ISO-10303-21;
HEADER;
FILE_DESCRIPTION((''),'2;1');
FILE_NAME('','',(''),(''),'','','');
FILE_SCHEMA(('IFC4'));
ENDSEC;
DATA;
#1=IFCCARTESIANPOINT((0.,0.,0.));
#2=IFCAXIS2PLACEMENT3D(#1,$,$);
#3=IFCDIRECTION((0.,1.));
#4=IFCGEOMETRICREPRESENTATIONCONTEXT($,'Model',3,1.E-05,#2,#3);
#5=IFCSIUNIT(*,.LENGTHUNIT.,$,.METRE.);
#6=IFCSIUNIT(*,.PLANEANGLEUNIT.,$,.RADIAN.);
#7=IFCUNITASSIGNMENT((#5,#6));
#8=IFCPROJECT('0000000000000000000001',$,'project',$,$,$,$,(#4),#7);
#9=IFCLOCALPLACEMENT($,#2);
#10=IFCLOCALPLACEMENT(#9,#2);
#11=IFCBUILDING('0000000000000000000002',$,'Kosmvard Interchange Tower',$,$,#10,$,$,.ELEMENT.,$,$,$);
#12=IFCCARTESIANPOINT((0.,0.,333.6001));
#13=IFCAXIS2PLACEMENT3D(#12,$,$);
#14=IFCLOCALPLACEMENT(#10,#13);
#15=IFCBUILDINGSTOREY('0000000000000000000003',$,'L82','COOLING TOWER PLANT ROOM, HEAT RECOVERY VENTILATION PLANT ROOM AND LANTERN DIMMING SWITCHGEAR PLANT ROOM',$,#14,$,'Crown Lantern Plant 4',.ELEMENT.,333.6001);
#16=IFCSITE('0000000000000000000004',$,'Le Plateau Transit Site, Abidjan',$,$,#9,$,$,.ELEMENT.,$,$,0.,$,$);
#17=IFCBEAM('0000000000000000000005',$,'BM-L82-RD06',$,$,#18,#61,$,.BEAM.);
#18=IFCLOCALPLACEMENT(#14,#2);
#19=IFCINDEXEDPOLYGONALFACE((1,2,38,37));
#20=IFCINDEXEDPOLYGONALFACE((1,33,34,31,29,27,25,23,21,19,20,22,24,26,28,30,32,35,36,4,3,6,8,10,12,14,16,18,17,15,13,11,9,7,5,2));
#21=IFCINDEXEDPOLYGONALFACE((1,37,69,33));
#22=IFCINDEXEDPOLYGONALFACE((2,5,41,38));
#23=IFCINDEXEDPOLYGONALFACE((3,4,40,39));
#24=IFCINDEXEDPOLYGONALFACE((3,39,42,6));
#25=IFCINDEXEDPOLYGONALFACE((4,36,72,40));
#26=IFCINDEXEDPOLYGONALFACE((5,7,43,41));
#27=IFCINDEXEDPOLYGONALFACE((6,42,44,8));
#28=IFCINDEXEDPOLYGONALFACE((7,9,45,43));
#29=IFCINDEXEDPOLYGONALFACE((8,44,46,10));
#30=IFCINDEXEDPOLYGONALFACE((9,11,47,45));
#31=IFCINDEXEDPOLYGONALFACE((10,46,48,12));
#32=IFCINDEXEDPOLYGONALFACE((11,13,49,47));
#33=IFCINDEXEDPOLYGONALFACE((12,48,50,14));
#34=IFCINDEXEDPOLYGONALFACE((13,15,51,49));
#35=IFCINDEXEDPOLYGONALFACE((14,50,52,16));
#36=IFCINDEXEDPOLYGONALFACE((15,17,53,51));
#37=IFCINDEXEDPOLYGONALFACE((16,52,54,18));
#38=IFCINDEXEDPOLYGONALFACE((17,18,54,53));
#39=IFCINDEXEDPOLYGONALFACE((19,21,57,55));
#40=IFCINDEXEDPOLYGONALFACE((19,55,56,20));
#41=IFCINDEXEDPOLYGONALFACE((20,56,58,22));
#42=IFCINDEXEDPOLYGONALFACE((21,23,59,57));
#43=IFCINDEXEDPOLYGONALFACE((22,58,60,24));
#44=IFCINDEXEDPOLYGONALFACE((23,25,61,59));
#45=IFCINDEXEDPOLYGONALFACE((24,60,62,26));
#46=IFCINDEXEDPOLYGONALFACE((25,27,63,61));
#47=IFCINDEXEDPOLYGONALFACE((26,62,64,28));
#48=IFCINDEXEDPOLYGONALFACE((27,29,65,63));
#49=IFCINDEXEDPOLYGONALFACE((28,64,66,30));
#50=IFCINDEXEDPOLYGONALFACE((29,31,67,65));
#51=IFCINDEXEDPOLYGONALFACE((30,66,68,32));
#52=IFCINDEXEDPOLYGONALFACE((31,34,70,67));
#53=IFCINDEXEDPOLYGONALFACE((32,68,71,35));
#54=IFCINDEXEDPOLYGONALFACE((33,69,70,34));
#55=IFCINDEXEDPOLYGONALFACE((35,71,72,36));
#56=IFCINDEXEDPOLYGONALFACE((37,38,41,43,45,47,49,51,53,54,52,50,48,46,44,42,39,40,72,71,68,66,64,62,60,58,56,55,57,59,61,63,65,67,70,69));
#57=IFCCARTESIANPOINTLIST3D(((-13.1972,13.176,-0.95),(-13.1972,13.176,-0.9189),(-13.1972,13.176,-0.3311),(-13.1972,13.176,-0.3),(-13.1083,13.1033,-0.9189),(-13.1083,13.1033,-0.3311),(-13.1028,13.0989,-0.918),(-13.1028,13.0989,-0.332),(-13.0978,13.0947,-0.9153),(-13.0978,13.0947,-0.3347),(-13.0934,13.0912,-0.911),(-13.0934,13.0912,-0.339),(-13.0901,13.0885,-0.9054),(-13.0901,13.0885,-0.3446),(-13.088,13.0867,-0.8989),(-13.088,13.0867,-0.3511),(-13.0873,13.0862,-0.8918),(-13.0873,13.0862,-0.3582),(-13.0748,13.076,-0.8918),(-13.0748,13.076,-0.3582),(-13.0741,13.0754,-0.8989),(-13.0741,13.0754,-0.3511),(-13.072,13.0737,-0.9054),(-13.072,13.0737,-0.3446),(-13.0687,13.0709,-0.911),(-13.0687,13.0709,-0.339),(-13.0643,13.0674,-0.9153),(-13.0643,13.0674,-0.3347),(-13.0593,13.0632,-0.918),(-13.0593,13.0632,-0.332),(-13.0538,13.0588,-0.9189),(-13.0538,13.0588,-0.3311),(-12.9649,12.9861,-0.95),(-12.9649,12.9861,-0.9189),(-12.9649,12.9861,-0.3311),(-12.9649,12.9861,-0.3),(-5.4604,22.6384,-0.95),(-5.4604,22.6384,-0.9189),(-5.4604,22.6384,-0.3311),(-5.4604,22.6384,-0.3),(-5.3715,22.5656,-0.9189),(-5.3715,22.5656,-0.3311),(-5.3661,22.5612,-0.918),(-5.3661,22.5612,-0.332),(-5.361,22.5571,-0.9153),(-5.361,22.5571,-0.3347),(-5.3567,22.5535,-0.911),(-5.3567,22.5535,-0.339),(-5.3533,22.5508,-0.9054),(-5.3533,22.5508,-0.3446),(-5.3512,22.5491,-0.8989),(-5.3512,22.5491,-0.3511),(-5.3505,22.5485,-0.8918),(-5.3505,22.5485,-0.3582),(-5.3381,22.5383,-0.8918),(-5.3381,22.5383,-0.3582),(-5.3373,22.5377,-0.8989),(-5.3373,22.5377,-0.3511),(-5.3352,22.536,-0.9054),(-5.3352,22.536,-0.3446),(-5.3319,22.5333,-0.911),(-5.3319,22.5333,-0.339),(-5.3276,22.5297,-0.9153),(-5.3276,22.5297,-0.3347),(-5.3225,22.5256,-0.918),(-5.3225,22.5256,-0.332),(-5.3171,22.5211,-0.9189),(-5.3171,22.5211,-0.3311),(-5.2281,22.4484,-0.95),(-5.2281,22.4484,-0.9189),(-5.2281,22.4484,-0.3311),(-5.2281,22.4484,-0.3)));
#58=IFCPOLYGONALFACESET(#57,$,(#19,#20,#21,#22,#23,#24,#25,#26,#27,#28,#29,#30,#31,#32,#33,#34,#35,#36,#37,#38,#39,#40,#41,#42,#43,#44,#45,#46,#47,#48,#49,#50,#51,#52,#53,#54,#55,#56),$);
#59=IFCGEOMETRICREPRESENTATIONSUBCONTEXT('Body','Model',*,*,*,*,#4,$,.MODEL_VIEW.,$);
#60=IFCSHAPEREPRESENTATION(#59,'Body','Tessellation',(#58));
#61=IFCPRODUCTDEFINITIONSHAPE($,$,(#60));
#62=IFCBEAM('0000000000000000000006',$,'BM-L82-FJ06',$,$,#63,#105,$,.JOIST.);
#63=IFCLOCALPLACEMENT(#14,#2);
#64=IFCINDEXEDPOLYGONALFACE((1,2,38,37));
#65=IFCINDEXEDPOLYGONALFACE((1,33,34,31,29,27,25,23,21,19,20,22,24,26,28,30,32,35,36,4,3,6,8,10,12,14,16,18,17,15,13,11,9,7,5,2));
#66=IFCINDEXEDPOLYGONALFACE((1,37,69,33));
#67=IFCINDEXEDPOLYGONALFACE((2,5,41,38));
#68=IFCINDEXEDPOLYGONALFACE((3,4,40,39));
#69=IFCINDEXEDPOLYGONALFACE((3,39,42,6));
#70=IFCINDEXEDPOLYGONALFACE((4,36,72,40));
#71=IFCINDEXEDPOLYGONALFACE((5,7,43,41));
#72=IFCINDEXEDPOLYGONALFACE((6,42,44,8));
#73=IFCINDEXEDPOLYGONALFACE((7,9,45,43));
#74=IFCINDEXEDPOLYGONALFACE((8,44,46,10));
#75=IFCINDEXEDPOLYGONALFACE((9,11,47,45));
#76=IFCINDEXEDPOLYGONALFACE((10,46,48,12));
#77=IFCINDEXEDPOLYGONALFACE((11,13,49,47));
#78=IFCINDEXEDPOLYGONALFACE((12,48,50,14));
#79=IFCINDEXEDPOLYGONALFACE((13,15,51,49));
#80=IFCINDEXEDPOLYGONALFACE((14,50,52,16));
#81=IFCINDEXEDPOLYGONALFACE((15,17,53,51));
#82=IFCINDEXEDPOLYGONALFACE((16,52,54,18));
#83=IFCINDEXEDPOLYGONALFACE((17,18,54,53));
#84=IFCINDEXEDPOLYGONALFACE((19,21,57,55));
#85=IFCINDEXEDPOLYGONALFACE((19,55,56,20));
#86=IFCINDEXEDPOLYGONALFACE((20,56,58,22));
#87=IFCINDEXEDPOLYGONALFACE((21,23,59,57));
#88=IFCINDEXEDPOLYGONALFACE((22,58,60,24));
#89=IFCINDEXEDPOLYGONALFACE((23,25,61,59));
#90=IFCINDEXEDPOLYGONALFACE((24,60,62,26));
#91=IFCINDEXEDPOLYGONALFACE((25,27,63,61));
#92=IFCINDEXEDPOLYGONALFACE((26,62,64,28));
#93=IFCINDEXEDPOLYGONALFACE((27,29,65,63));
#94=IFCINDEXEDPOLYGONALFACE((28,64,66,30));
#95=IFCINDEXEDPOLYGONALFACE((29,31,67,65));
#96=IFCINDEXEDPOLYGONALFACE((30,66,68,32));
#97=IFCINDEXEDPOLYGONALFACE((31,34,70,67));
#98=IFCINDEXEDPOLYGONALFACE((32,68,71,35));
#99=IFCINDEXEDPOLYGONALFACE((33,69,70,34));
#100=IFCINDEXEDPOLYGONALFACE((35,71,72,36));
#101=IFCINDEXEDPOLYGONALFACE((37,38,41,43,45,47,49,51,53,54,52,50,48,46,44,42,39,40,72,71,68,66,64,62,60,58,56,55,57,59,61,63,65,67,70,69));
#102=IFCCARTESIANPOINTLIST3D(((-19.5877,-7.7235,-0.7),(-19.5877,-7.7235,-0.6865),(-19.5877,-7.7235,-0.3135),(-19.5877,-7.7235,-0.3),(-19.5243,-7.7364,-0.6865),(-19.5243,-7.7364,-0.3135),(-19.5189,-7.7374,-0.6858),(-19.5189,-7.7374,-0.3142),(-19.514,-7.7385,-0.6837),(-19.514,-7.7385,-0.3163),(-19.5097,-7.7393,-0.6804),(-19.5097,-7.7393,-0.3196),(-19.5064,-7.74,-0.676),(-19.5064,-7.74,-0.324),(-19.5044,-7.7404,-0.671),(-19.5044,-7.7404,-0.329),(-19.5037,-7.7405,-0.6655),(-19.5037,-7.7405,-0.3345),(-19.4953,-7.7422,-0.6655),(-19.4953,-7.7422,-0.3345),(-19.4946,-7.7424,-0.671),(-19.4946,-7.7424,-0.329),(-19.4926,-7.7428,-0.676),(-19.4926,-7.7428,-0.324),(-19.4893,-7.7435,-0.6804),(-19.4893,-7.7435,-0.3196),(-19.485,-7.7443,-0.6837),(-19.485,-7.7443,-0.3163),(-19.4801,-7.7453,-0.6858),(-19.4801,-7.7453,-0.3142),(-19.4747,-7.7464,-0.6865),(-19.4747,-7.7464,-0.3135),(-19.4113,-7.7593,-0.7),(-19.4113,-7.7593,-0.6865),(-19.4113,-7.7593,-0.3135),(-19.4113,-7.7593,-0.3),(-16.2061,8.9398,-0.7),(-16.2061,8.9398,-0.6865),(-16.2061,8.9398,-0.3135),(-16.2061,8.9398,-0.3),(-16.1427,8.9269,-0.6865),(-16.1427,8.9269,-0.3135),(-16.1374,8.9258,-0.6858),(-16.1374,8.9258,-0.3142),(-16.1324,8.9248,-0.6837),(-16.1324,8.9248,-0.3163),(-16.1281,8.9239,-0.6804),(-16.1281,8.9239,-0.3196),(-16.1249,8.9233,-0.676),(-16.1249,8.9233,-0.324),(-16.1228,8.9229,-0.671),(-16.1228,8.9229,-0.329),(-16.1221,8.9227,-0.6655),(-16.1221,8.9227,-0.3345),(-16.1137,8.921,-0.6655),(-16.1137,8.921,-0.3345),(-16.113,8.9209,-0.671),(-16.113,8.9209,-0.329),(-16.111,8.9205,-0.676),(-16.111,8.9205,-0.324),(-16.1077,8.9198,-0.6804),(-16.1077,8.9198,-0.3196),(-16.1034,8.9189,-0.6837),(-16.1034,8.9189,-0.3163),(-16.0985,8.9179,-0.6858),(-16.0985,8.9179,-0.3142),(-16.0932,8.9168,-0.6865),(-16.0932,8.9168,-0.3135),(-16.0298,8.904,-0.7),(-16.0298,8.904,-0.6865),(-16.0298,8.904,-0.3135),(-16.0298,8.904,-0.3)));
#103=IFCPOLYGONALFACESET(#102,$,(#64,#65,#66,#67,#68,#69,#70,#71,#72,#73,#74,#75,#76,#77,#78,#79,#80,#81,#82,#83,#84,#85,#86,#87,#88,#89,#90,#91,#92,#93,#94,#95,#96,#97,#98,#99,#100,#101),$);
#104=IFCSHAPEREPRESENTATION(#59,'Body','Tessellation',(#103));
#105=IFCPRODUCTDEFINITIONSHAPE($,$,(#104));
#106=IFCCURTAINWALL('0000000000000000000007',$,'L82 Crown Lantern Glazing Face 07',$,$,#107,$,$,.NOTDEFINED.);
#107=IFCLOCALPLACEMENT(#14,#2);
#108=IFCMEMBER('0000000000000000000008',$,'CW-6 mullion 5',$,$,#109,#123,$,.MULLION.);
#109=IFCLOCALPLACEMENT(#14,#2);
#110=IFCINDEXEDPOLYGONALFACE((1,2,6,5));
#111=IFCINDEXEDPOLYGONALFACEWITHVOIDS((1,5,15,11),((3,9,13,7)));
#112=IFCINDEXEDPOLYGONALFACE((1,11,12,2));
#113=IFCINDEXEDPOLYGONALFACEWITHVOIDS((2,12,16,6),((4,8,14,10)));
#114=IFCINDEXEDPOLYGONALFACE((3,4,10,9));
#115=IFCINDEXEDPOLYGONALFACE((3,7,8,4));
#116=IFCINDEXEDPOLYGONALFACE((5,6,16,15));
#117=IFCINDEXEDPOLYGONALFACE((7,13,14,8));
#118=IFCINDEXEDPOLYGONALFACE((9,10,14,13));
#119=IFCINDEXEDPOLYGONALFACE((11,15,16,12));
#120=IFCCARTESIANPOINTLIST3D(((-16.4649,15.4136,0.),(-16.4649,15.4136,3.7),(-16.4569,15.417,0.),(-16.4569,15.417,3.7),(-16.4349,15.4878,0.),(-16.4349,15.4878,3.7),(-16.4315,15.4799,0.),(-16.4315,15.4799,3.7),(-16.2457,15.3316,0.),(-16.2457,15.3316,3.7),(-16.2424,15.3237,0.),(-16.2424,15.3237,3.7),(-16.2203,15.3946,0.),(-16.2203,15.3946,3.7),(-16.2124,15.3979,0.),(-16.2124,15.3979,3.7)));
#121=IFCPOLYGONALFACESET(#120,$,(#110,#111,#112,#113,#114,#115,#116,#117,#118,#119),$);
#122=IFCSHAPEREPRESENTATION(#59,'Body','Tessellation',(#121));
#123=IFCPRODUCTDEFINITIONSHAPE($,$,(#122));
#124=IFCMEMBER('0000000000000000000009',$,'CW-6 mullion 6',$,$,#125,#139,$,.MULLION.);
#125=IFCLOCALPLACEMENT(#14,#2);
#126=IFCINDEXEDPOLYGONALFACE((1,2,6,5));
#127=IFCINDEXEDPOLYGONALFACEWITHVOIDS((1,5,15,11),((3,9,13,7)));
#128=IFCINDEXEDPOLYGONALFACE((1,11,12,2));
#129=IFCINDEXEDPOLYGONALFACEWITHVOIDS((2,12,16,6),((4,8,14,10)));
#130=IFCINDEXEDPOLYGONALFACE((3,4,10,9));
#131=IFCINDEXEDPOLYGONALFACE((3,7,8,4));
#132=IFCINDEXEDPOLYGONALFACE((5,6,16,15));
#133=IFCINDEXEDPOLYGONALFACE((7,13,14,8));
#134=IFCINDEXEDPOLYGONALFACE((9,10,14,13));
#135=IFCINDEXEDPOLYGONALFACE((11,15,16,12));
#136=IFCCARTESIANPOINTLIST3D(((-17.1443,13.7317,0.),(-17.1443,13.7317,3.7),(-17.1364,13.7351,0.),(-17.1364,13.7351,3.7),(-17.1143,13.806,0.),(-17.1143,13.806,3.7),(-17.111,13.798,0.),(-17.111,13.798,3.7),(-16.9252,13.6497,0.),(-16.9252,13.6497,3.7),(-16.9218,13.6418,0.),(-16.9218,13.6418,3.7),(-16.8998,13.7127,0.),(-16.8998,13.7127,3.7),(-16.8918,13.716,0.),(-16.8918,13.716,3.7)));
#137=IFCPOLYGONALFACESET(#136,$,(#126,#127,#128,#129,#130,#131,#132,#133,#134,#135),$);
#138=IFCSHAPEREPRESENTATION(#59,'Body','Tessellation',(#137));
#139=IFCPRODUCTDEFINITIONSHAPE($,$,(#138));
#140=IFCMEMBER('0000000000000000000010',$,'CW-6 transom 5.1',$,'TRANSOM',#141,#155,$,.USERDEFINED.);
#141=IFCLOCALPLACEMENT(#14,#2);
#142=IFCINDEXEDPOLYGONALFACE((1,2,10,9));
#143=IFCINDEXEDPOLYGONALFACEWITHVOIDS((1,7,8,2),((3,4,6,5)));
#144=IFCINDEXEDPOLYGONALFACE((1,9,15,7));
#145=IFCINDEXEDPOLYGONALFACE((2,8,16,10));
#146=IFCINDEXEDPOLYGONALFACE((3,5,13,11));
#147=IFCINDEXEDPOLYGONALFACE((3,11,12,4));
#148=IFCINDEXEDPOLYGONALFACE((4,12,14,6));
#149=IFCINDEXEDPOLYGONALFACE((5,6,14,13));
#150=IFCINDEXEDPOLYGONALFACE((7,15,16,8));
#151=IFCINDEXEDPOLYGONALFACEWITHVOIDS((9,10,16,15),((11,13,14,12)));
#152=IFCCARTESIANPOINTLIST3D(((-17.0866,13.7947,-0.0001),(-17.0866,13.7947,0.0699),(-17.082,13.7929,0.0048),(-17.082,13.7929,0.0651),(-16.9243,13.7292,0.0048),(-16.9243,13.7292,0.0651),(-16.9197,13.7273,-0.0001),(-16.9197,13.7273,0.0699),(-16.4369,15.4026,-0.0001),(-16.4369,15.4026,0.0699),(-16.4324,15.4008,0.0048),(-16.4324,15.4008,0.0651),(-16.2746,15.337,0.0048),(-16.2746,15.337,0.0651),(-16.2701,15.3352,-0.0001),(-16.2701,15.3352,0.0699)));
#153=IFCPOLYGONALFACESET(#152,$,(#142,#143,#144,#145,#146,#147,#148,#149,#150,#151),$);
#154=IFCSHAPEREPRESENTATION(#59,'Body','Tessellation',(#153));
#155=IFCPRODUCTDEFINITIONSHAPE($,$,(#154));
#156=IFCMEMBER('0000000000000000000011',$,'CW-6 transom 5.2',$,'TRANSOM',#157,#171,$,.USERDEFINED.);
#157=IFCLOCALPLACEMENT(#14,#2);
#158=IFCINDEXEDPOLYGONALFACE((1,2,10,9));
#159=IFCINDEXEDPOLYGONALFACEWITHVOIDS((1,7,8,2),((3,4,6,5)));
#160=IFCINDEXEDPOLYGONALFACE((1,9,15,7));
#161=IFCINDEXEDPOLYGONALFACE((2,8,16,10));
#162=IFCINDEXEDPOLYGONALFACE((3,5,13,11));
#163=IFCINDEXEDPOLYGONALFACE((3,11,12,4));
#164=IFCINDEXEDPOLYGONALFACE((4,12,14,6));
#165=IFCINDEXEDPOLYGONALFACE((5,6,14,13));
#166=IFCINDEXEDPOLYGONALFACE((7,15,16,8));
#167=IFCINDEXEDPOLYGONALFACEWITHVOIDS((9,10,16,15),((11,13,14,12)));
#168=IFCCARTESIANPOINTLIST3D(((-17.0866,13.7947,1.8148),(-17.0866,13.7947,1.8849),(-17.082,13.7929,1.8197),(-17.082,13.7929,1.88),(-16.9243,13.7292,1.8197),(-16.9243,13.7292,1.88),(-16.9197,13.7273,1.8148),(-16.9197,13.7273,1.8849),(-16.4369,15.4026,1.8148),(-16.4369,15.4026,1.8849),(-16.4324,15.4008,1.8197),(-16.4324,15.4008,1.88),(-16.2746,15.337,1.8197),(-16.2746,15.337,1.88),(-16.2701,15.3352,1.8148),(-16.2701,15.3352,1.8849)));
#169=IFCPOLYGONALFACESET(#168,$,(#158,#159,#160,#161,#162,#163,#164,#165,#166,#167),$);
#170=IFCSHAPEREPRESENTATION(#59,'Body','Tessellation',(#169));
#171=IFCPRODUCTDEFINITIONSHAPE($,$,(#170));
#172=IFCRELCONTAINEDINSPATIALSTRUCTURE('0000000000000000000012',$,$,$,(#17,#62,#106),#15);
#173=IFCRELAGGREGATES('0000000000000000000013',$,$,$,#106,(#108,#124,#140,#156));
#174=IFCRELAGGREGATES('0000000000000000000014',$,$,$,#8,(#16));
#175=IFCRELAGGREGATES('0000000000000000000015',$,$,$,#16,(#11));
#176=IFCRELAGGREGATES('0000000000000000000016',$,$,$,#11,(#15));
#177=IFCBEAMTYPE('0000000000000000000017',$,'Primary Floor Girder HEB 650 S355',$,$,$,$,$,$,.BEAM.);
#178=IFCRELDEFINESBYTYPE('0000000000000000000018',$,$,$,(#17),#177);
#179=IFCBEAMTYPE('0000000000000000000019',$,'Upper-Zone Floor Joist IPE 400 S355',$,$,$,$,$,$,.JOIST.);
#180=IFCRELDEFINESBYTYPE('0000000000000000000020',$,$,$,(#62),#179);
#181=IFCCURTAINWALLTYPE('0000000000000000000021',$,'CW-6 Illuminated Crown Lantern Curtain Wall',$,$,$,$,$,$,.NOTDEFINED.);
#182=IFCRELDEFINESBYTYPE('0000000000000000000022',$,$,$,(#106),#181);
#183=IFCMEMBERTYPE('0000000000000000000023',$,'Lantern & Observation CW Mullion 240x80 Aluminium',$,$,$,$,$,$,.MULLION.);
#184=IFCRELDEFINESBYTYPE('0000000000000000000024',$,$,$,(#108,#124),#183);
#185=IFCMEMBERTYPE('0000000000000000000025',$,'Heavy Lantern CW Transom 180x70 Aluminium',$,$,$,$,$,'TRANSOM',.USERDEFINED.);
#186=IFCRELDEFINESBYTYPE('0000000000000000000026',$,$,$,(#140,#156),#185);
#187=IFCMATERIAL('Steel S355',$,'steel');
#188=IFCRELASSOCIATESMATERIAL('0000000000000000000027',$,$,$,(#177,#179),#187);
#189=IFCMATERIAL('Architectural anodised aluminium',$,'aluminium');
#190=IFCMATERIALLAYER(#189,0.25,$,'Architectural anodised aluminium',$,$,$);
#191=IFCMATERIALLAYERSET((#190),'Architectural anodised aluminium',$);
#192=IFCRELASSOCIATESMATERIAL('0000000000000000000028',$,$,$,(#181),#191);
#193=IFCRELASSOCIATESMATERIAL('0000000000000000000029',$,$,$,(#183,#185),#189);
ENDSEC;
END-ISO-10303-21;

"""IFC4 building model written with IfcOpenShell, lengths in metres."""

from ifc_helpers import new_model, si_unit, direction, frame, origin, origin_2d, place, context, subcontext, project, spatial, hollow_rectangle, i_section, extrude, source, transform, mapped, material, layer, layer_set, material_profile, profile_set, type_object, element, aggregate, save


model = new_model("IFC4")

# Units and contexts
model_context = context("Model", 3, precision=1e-05, world=origin(), true_north=direction((0.0, 1.0)))
body_context = subcontext(model_context, "Body", "Model", "MODEL_VIEW")
ifc_project = project(units=[si_unit("LENGTHUNIT", "METRE"), si_unit("PLANEANGLEUNIT", "RADIAN")], contexts=[model_context])

# Site, building, storey
site_placement = place(None, origin())
site = spatial("IfcSite", under=ifc_project, at=site_placement, Name="Le Plateau Transit Site, Abidjan", CompositionType="ELEMENT", RefElevation=0.0)
building_placement = place(site_placement, origin())
building = spatial("IfcBuilding", under=site, at=building_placement, Name="Kosmvard Interchange Tower", CompositionType="ELEMENT")
storey_placement = place(building_placement, frame((0.0, 0.0, 333.6001)))
storey = spatial("IfcBuildingStorey", under=building, at=storey_placement, Name="L82", Description="COOLING TOWER PLANT ROOM, HEAT RECOVERY VENTILATION PLANT ROOM AND LANTERN DIMMING SWITCHGEAR PLANT ROOM", LongName="Crown Lantern Plant 4", CompositionType="ELEMENT", Elevation=333.6001)

# Beams
ifc_material_1 = material(Name="Steel S355", Category="steel")
ifc_material_profile_1 = material_profile(ifc_material_1, i_section(OverallWidth=0.3, OverallDepth=0.6499, WebThickness=0.0161, FlangeThickness=0.031, FilletRadius=0.0271, at=origin_2d()), Name="HEB 650")
ifc_profile_set_1 = profile_set([ifc_material_profile_1], Name="Steel S355")
beam_type_1 = type_object("IfcBeamType", Name="Primary Floor Girder HEB 650 S355", PredefinedType="BEAM", material=ifc_profile_set_1)
shared_shape_1 = source(origin(), body_context, "Body", "SweptSolid", [
    extrude(i_section(OverallWidth=0.3, OverallDepth=0.6499, WebThickness=0.0161, FlangeThickness=0.031, FilletRadius=0.0271, at=origin_2d()), origin(), (0.0, 0.0, 1.0), 12.2227),
])
beam_1_placement = place(storey_placement, frame((-13.0811, 13.0811, -0.625), z_axis=(0.632985, 0.774164, 0.0), x_axis=(-0.774164, 0.632985, 0.0)))
element("IfcBeam", 1, at=beam_1_placement, inside=storey, type_object=beam_type_1, Name="BM-L82-RD06", PredefinedType="BEAM", context=body_context, shape_type="MappedRepresentation", body=[
    mapped(shared_shape_1, transform((0.0, 0.0, 0.0), scale=1.0)),
])
ifc_material_profile_2 = material_profile(ifc_material_1, i_section(OverallWidth=0.1799, OverallDepth=0.3999, WebThickness=0.0085, FlangeThickness=0.0134, FilletRadius=0.021, at=origin_2d()), Name="IPE 400")
ifc_profile_set_2 = profile_set([ifc_material_profile_2], Name="Steel S355")
beam_type_2 = type_object("IfcBeamType", Name="Upper-Zone Floor Joist IPE 400 S355", PredefinedType="JOIST", material=ifc_profile_set_2)
shared_shape_2 = source(origin(), body_context, "Body", "SweptSolid", [
    extrude(i_section(OverallWidth=0.1799, OverallDepth=0.3999, WebThickness=0.0085, FlangeThickness=0.0134, FilletRadius=0.021, at=origin_2d()), origin(), (0.0, 0.0, 1.0), 17.0029),
])
beam_2_placement = place(storey_placement, frame((-16.1179, 8.9219, -0.5), z_axis=(-0.198882, -0.980023, 0.0), x_axis=(0.980023, -0.198882, 0.0)))
element("IfcBeam", 2, at=beam_2_placement, inside=storey, type_object=beam_type_2, Name="BM-L82-FJ06", PredefinedType="JOIST", context=body_context, shape_type="MappedRepresentation", body=[
    mapped(shared_shape_2, transform((0.0, 0.0, 0.0), scale=1.0)),
])

# Curtain wall, members
ifc_material_2 = material(Name="Architectural anodised aluminium", Category="aluminium")
ifc_layer_1 = layer(ifc_material_2, 0.25, Name="Architectural anodised aluminium")
ifc_layer_set_1 = layer_set([ifc_layer_1], Name="Architectural anodised aluminium")
curtain_wall_type = type_object("IfcCurtainWallType", Name="CW-6 Illuminated Crown Lantern Curtain Wall", PredefinedType="NOTDEFINED", material=ifc_layer_set_1)
curtain_wall_placement = place(storey_placement, origin())
curtain_wall = element("IfcCurtainWall", 3, at=curtain_wall_placement, inside=storey, type_object=curtain_wall_type, Name="L82 Crown Lantern Glazing Face 07", PredefinedType="NOTDEFINED")
ifc_material_profile_3 = material_profile(ifc_material_2, hollow_rectangle(XDim=0.24, YDim=0.0801, WallThickness=0.0061, at=origin_2d()), Name="CWM 240x80x6")
ifc_profile_set_3 = profile_set([ifc_material_profile_3], Name="Architectural anodised aluminium")
member_type_1 = type_object("IfcMemberType", Name="Lantern & Observation CW Mullion 240x80 Aluminium", PredefinedType="MULLION", material=ifc_profile_set_3)
shared_shape_3 = source(origin(), body_context, "Body", "SweptSolid", [
    extrude(hollow_rectangle(XDim=0.24, YDim=0.0801, WallThickness=0.0061, at=origin_2d()), origin(), (0.0, 0.0, 1.0), 3.7),
])
member_1_placement = place(storey_placement, frame((-16.3386, 15.4058, 0.0), z_axis=(0.0, 0.0, 1.0), x_axis=(0.927184, -0.374607, 0.0)))
member_1 = element("IfcMember", 4, at=member_1_placement, type_object=member_type_1, Name="CW-6 mullion 5", PredefinedType="MULLION", context=body_context, shape_type="MappedRepresentation", body=[
    mapped(shared_shape_3, transform((0.0, 0.0, 0.0), scale=1.0)),
])
member_2_placement = place(storey_placement, frame((-17.0181, 13.7239, 0.0), z_axis=(0.0, 0.0, 1.0), x_axis=(0.927184, -0.374607, 0.0)))
member_2 = element("IfcMember", 5, at=member_2_placement, type_object=member_type_1, Name="CW-6 mullion 6", PredefinedType="MULLION", context=body_context, shape_type="MappedRepresentation", body=[
    mapped(shared_shape_3, transform((0.0, 0.0, 0.0), scale=1.0)),
])
ifc_material_profile_4 = material_profile(ifc_material_2, hollow_rectangle(XDim=0.1799, YDim=0.0701, WallThickness=0.0049, at=origin_2d()), Name="CWT 180x70x5")
ifc_profile_set_4 = profile_set([ifc_material_profile_4], Name="Architectural anodised aluminium")
member_type_2 = type_object("IfcMemberType", Name="Heavy Lantern CW Transom 180x70 Aluminium", ElementType="TRANSOM", PredefinedType="USERDEFINED", material=ifc_profile_set_4)
shared_shape_4 = source(origin(), body_context, "Body", "SweptSolid", [
    extrude(hollow_rectangle(XDim=0.1799, YDim=0.0701, WallThickness=0.0049, at=origin_2d()), origin(), (0.0, 0.0, 1.0), 1.7341),
])
member_3_placement = place(storey_placement, frame((-16.3535, 15.3689, 0.0349), z_axis=(-0.374617, -0.92718, 0.0), x_axis=(0.92718, -0.374617, 0.0)))
member_3 = element("IfcMember", 6, at=member_3_placement, type_object=member_type_2, Name="CW-6 transom 5.1", ObjectType="TRANSOM", PredefinedType="USERDEFINED", context=body_context, shape_type="MappedRepresentation", body=[
    mapped(shared_shape_4, transform((0.0, 0.0, 0.0), scale=1.0)),
])
member_4_placement = place(storey_placement, frame((-16.3535, 15.3689, 1.8499), z_axis=(-0.374617, -0.92718, 0.0), x_axis=(0.92718, -0.374617, 0.0)))
member_4 = element("IfcMember", 7, at=member_4_placement, type_object=member_type_2, Name="CW-6 transom 5.2", ObjectType="TRANSOM", PredefinedType="USERDEFINED", context=body_context, shape_type="MappedRepresentation", body=[
    mapped(shared_shape_4, transform((0.0, 0.0, 0.0), scale=1.0)),
])
aggregate(curtain_wall, [member_1, member_2, member_3, member_4])

save(model, "model.ifc")
